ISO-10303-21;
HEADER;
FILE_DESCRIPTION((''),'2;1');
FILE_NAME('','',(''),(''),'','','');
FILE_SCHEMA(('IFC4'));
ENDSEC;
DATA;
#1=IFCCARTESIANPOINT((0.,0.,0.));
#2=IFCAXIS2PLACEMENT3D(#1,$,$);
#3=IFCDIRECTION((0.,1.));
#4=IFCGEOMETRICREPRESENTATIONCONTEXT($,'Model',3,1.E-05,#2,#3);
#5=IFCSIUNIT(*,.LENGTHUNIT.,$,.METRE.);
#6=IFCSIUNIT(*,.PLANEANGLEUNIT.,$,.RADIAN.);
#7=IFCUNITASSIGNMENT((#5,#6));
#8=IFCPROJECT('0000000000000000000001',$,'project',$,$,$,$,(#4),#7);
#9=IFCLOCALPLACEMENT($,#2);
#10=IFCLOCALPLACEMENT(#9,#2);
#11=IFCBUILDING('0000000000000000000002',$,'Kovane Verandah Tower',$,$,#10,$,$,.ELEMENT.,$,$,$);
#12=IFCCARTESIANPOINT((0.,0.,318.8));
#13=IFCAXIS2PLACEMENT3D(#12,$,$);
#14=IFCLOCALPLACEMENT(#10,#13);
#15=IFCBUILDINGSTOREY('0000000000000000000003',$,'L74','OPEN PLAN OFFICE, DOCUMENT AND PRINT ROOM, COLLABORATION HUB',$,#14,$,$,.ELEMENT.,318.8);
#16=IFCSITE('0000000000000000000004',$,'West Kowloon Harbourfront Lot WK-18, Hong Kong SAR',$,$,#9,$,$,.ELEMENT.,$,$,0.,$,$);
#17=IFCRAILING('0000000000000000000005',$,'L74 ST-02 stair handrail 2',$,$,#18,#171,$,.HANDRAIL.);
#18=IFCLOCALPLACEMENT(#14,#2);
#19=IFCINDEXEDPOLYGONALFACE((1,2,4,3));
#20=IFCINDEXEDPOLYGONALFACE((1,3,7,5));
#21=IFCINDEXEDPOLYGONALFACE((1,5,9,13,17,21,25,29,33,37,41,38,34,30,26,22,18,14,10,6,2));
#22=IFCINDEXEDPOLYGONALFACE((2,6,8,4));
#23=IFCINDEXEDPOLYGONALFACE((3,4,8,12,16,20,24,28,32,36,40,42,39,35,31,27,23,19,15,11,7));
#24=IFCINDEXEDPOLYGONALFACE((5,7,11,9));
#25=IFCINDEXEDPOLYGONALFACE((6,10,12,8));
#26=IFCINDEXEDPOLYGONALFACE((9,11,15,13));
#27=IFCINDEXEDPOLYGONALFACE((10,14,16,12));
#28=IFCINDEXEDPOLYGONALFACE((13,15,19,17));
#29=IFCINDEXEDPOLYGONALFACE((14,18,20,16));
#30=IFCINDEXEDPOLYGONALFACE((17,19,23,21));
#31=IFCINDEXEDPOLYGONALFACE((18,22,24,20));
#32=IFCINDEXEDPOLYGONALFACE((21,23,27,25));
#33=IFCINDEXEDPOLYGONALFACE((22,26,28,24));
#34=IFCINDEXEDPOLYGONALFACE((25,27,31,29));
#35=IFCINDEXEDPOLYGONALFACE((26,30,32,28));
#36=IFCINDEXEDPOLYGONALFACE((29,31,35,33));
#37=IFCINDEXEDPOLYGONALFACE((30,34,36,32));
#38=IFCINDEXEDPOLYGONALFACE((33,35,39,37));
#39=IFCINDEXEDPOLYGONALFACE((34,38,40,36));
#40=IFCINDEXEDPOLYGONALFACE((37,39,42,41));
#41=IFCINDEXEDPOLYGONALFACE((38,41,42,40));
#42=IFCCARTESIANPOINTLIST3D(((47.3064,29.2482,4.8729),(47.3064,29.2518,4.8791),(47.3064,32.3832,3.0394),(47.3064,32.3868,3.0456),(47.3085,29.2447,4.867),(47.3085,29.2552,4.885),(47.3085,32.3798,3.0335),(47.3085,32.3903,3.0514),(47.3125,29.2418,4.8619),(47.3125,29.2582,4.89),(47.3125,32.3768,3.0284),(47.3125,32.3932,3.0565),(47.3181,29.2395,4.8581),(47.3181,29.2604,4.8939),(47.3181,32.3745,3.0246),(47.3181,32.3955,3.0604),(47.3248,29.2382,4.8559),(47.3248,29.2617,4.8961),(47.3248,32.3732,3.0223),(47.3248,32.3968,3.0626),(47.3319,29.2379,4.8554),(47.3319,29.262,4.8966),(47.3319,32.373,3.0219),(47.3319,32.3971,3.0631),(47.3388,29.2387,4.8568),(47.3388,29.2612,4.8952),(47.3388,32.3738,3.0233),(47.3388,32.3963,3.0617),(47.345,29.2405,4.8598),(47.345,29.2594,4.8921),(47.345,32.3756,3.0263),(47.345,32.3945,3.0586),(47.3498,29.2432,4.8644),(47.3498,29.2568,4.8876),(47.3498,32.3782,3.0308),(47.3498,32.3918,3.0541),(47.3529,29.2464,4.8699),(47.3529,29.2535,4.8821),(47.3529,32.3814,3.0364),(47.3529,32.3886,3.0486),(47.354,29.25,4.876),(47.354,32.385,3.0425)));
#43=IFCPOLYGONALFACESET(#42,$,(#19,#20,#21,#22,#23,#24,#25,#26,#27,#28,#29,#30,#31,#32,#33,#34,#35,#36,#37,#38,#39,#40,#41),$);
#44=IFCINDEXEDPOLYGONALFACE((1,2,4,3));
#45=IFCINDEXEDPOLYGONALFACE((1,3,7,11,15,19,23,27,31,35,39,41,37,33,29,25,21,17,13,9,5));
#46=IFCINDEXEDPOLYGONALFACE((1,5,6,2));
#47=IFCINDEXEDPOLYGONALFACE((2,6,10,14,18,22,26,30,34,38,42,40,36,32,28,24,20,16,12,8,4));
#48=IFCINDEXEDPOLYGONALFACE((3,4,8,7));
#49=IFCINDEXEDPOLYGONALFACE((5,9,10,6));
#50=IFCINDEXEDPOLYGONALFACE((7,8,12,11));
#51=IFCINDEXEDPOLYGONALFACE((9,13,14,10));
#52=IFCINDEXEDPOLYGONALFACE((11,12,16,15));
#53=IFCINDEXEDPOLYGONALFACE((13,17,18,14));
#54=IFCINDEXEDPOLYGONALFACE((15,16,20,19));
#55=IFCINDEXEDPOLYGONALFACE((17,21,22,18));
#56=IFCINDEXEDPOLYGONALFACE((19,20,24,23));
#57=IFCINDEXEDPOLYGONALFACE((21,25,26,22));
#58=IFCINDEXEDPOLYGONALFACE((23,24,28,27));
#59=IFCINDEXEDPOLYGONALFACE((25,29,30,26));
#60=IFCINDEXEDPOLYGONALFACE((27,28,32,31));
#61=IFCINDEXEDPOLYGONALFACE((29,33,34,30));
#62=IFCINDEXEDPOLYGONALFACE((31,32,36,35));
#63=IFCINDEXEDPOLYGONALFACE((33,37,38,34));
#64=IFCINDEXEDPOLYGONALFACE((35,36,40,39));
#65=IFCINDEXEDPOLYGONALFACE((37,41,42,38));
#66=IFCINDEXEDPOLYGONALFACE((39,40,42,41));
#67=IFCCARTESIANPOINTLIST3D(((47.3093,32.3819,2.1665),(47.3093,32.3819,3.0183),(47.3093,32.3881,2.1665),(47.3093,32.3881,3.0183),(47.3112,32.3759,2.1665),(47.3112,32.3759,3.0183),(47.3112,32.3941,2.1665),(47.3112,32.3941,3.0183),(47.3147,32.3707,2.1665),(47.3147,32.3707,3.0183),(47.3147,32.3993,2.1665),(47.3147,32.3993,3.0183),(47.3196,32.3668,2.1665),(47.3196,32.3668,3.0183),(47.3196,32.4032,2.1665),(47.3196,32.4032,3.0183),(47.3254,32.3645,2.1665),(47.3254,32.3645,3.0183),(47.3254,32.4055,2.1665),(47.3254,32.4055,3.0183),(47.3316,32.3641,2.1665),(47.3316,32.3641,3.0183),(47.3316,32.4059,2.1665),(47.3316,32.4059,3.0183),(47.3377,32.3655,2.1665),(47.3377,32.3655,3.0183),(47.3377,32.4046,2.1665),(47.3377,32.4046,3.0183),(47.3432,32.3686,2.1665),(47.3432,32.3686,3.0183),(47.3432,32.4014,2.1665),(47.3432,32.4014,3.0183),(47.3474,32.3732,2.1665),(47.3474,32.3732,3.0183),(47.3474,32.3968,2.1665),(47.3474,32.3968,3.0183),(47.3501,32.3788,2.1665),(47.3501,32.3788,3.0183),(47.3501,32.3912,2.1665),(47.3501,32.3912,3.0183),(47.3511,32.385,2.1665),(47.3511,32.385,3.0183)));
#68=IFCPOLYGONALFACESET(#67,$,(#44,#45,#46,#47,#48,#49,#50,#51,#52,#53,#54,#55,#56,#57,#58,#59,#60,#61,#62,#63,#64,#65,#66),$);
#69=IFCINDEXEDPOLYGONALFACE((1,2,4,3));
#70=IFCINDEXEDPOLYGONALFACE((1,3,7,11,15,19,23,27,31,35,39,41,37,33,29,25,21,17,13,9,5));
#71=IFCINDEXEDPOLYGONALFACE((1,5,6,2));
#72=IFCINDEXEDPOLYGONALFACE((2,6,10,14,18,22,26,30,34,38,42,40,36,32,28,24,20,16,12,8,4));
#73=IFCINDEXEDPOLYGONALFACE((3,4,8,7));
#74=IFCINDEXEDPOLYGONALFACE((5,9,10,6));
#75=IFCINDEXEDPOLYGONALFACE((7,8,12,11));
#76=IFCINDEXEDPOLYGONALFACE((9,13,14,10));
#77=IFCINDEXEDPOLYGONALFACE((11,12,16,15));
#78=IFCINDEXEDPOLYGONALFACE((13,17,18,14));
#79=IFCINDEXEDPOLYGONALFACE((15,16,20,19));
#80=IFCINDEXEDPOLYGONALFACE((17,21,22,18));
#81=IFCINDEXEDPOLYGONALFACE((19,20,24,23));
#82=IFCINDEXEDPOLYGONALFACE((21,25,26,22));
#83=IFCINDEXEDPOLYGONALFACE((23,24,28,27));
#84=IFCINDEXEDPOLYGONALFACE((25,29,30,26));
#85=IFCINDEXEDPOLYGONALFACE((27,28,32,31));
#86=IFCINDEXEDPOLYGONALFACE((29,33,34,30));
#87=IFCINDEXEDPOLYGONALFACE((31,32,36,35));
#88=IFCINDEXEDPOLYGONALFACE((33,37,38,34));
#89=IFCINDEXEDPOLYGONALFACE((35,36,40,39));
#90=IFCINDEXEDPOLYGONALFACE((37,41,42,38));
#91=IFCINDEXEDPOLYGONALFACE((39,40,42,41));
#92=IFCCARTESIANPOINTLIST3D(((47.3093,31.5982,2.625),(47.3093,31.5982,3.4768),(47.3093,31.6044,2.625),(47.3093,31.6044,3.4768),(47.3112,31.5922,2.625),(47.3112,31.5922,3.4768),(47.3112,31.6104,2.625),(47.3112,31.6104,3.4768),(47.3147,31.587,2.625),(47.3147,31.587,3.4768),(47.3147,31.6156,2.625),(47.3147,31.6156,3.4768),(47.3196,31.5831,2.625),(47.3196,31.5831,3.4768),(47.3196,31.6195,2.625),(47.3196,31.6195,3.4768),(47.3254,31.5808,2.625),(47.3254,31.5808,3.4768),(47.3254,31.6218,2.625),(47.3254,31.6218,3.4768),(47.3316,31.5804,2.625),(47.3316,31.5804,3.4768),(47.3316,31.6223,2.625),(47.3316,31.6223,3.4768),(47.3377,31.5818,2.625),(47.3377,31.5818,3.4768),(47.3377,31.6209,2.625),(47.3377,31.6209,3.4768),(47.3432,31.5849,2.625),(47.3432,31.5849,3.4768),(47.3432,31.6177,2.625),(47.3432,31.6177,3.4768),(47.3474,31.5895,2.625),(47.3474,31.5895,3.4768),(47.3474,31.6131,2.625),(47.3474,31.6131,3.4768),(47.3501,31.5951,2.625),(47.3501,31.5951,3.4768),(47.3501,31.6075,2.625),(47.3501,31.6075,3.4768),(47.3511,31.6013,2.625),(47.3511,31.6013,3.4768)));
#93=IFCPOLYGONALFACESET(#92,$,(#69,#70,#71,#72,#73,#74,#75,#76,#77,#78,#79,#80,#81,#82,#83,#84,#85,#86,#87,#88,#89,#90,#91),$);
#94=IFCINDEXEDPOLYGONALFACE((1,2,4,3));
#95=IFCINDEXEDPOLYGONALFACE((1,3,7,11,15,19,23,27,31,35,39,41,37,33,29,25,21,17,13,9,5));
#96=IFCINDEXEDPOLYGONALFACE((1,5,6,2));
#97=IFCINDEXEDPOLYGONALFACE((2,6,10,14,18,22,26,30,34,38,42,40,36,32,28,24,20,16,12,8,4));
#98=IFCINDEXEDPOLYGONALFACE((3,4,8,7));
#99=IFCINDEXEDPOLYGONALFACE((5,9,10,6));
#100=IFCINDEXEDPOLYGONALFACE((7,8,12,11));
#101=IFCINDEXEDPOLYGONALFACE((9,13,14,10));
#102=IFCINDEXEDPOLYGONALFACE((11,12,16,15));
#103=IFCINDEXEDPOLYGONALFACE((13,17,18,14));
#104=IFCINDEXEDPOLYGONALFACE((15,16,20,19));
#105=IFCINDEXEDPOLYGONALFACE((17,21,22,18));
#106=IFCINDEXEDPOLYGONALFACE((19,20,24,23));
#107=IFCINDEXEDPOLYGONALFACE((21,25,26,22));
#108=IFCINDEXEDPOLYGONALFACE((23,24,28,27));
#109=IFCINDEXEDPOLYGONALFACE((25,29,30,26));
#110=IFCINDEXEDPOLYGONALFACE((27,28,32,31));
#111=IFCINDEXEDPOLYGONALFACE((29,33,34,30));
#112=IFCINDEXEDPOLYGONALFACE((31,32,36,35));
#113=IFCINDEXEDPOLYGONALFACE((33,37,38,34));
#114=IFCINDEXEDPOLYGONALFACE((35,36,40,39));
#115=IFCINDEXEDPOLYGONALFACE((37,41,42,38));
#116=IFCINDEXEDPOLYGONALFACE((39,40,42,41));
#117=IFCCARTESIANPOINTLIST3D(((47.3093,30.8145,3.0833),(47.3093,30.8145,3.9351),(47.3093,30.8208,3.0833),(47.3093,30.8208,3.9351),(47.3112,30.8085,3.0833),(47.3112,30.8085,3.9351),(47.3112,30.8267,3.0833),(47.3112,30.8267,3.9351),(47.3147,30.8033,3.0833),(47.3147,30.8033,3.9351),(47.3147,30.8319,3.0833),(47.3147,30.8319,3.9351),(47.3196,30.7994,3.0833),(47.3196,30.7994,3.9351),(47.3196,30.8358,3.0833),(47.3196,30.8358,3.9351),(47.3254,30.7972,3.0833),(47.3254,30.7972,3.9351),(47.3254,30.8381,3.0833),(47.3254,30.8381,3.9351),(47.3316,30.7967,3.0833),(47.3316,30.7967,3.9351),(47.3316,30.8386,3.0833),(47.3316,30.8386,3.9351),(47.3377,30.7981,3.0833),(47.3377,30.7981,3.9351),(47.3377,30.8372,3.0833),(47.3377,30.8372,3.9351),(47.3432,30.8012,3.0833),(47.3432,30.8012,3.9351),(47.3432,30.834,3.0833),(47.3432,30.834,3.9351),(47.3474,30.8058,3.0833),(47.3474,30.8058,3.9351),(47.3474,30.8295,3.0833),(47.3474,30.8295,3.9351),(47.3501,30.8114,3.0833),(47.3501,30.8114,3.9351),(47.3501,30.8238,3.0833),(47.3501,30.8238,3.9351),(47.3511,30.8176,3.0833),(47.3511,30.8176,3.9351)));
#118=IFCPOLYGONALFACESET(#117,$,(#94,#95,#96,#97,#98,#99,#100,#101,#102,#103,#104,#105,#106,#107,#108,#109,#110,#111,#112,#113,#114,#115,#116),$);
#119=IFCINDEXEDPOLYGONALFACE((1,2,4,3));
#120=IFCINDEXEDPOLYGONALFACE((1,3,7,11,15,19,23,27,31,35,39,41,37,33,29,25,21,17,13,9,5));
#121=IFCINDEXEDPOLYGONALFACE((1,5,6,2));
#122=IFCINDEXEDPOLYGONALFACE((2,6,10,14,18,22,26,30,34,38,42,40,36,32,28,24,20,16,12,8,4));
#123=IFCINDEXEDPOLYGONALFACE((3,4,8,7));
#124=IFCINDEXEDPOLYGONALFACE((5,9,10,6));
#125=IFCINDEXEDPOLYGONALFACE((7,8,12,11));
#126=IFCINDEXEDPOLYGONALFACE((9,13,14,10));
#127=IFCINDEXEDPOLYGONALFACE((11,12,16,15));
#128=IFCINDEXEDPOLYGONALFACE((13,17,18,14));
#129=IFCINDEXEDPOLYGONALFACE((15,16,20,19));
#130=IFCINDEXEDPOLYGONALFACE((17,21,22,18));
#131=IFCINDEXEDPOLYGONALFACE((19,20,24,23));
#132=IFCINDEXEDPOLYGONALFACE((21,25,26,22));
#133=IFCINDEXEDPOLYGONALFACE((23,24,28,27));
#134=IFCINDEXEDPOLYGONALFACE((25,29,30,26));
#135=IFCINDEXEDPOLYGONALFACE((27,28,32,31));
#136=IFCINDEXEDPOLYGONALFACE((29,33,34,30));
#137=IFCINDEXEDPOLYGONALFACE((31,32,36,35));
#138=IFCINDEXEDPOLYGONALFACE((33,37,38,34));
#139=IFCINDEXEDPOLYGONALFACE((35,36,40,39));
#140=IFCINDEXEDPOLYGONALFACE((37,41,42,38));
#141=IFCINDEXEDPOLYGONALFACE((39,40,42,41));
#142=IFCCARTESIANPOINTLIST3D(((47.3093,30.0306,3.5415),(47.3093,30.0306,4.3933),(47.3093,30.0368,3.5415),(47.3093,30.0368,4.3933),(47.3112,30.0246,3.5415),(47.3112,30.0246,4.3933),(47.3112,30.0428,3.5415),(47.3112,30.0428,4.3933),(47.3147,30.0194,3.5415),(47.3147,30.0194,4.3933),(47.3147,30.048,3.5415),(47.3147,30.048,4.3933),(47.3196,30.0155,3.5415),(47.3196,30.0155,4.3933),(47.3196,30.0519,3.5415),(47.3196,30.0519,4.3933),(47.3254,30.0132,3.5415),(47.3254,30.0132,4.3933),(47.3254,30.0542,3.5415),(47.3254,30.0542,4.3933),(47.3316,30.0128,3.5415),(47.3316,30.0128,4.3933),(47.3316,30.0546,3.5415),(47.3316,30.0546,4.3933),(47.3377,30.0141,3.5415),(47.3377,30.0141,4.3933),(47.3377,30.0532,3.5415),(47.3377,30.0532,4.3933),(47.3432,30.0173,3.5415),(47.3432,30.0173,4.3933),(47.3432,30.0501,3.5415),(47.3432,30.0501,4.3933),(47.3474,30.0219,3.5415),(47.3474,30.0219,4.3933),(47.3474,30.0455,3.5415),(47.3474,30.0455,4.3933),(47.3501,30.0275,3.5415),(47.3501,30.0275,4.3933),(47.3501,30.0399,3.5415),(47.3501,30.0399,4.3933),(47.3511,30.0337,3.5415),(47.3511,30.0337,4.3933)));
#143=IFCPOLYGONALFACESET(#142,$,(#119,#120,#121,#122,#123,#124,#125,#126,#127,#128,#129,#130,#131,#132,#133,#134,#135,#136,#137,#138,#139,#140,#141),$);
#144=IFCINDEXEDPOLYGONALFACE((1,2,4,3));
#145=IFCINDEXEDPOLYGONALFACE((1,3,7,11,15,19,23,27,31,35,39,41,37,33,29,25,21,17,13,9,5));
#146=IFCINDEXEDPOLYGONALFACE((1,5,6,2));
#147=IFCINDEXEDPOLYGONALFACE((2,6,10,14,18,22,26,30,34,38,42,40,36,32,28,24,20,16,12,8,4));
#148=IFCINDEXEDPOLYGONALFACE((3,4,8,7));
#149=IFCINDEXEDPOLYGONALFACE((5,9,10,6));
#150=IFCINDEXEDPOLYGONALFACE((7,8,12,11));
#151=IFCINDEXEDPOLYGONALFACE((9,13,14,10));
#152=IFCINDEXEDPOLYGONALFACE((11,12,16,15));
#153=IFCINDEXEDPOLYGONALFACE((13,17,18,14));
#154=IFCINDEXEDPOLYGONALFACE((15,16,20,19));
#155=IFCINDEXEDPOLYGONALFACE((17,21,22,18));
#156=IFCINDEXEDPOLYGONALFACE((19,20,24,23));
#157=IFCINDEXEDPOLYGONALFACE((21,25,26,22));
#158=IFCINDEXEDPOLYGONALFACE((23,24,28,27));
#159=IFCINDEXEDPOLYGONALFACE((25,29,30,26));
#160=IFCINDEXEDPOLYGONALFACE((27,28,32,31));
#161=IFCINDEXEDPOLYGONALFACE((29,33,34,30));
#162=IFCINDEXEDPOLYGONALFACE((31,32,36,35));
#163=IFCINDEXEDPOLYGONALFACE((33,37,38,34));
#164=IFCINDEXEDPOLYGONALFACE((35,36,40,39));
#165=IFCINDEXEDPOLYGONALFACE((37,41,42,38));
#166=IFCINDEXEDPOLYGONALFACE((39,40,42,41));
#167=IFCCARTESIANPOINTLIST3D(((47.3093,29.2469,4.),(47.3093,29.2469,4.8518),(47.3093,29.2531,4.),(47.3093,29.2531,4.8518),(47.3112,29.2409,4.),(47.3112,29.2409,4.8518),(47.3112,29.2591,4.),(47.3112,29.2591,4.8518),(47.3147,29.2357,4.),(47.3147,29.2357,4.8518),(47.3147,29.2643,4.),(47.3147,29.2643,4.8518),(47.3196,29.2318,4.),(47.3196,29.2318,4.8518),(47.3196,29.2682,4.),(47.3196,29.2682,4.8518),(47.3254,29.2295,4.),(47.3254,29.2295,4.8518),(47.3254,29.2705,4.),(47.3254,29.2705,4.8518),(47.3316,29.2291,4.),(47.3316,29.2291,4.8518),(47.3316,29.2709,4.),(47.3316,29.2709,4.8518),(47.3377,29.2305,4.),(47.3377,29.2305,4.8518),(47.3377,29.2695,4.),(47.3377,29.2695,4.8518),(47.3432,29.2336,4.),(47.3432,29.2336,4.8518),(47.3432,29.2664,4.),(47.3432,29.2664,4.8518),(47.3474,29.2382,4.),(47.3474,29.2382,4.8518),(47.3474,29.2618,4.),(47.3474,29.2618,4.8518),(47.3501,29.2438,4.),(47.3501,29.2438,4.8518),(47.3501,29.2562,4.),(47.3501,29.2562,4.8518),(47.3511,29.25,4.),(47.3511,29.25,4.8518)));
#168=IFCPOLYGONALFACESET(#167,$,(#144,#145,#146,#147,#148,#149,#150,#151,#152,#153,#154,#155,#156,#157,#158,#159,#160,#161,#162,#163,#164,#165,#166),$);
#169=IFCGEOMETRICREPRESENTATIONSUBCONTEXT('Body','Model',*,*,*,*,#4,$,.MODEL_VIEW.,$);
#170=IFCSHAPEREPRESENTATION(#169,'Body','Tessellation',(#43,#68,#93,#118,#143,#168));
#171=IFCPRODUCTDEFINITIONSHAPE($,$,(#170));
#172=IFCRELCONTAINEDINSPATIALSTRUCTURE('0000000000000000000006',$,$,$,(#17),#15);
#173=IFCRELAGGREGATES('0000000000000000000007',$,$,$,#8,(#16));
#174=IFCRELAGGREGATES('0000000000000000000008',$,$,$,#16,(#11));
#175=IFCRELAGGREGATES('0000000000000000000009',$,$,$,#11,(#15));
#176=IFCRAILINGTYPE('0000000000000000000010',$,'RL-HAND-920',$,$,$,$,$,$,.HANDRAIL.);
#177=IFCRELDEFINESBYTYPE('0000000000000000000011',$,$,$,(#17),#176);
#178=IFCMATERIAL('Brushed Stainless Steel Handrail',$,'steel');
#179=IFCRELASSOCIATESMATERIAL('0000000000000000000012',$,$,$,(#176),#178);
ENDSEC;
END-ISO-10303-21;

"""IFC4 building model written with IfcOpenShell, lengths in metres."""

from ifc_helpers import new_model, si_unit, direction, frame, origin, origin_2d, place, context, subcontext, project, spatial, circle, extrude, material, type_object, element, save


model = new_model("IFC4")

# Units and contexts
model_context = context("Model", 3, precision=1e-05, world=origin(), true_north=direction((0.0, 1.0)))
body_context = subcontext(model_context, "Body", "Model", "MODEL_VIEW")
ifc_project = project(units=[si_unit("LENGTHUNIT", "METRE"), si_unit("PLANEANGLEUNIT", "RADIAN")], contexts=[model_context])

# Site, building, storey
site_placement = place(None, origin())
site = spatial("IfcSite", under=ifc_project, at=site_placement, Name="West Kowloon Harbourfront Lot WK-18, Hong Kong SAR", CompositionType="ELEMENT", RefElevation=0.0)
building_placement = place(site_placement, origin())
building = spatial("IfcBuilding", under=site, at=building_placement, Name="Kovane Verandah Tower", CompositionType="ELEMENT")
storey_placement = place(building_placement, frame((0.0, 0.0, 318.8)))
storey = spatial("IfcBuildingStorey", under=building, at=storey_placement, Name="L74", Description="OPEN PLAN OFFICE, DOCUMENT AND PRINT ROOM, COLLABORATION HUB", CompositionType="ELEMENT", Elevation=318.8)

# Railing
ifc_material_1 = material(Name="Brushed Stainless Steel Handrail", Category="steel")
railing_type_1 = type_object("IfcRailingType", Name="RL-HAND-920", PredefinedType="HANDRAIL", material=ifc_material_1)
for number, where, name in (
    (1, (47.3301, 32.385, 2.1665), "L74 ST-02 stair handrail 2"),
):
    element("IfcRailing", number, at=place(storey_placement, frame(where)), inside=storey, type_object=railing_type_1, Name=name, PredefinedType="HANDRAIL", context=body_context, shape_type="SweptSolid", body=[
        extrude(circle(Radius=0.0239, at=origin_2d()), frame((0.0, 0.0, 0.876), z_axis=(0.0, -0.86321, 0.504845), x_axis=(1.0, 0.0, 0.0)), (0.0, 0.0, 1.0), 3.6318),
        extrude(circle(Radius=0.021, at=origin_2d()), origin(), (0.0, 0.0, 1.0), 0.8518),
        extrude(circle(Radius=0.021, at=origin_2d()), frame((0.0, -0.7837, 0.4585)), (0.0, 0.0, 1.0), 0.8518),
        extrude(circle(Radius=0.021, at=origin_2d()), frame((0.0, -1.5674, 0.9167)), (0.0, 0.0, 1.0), 0.8518),
        extrude(circle(Radius=0.021, at=origin_2d()), frame((0.0, -2.3513, 1.375)), (0.0, 0.0, 1.0), 0.8518),
        extrude(circle(Radius=0.021, at=origin_2d()), frame((0.0, -3.135, 1.8335)), (0.0, 0.0, 1.0), 0.8518),
    ])

save(model, "model.ifc")
